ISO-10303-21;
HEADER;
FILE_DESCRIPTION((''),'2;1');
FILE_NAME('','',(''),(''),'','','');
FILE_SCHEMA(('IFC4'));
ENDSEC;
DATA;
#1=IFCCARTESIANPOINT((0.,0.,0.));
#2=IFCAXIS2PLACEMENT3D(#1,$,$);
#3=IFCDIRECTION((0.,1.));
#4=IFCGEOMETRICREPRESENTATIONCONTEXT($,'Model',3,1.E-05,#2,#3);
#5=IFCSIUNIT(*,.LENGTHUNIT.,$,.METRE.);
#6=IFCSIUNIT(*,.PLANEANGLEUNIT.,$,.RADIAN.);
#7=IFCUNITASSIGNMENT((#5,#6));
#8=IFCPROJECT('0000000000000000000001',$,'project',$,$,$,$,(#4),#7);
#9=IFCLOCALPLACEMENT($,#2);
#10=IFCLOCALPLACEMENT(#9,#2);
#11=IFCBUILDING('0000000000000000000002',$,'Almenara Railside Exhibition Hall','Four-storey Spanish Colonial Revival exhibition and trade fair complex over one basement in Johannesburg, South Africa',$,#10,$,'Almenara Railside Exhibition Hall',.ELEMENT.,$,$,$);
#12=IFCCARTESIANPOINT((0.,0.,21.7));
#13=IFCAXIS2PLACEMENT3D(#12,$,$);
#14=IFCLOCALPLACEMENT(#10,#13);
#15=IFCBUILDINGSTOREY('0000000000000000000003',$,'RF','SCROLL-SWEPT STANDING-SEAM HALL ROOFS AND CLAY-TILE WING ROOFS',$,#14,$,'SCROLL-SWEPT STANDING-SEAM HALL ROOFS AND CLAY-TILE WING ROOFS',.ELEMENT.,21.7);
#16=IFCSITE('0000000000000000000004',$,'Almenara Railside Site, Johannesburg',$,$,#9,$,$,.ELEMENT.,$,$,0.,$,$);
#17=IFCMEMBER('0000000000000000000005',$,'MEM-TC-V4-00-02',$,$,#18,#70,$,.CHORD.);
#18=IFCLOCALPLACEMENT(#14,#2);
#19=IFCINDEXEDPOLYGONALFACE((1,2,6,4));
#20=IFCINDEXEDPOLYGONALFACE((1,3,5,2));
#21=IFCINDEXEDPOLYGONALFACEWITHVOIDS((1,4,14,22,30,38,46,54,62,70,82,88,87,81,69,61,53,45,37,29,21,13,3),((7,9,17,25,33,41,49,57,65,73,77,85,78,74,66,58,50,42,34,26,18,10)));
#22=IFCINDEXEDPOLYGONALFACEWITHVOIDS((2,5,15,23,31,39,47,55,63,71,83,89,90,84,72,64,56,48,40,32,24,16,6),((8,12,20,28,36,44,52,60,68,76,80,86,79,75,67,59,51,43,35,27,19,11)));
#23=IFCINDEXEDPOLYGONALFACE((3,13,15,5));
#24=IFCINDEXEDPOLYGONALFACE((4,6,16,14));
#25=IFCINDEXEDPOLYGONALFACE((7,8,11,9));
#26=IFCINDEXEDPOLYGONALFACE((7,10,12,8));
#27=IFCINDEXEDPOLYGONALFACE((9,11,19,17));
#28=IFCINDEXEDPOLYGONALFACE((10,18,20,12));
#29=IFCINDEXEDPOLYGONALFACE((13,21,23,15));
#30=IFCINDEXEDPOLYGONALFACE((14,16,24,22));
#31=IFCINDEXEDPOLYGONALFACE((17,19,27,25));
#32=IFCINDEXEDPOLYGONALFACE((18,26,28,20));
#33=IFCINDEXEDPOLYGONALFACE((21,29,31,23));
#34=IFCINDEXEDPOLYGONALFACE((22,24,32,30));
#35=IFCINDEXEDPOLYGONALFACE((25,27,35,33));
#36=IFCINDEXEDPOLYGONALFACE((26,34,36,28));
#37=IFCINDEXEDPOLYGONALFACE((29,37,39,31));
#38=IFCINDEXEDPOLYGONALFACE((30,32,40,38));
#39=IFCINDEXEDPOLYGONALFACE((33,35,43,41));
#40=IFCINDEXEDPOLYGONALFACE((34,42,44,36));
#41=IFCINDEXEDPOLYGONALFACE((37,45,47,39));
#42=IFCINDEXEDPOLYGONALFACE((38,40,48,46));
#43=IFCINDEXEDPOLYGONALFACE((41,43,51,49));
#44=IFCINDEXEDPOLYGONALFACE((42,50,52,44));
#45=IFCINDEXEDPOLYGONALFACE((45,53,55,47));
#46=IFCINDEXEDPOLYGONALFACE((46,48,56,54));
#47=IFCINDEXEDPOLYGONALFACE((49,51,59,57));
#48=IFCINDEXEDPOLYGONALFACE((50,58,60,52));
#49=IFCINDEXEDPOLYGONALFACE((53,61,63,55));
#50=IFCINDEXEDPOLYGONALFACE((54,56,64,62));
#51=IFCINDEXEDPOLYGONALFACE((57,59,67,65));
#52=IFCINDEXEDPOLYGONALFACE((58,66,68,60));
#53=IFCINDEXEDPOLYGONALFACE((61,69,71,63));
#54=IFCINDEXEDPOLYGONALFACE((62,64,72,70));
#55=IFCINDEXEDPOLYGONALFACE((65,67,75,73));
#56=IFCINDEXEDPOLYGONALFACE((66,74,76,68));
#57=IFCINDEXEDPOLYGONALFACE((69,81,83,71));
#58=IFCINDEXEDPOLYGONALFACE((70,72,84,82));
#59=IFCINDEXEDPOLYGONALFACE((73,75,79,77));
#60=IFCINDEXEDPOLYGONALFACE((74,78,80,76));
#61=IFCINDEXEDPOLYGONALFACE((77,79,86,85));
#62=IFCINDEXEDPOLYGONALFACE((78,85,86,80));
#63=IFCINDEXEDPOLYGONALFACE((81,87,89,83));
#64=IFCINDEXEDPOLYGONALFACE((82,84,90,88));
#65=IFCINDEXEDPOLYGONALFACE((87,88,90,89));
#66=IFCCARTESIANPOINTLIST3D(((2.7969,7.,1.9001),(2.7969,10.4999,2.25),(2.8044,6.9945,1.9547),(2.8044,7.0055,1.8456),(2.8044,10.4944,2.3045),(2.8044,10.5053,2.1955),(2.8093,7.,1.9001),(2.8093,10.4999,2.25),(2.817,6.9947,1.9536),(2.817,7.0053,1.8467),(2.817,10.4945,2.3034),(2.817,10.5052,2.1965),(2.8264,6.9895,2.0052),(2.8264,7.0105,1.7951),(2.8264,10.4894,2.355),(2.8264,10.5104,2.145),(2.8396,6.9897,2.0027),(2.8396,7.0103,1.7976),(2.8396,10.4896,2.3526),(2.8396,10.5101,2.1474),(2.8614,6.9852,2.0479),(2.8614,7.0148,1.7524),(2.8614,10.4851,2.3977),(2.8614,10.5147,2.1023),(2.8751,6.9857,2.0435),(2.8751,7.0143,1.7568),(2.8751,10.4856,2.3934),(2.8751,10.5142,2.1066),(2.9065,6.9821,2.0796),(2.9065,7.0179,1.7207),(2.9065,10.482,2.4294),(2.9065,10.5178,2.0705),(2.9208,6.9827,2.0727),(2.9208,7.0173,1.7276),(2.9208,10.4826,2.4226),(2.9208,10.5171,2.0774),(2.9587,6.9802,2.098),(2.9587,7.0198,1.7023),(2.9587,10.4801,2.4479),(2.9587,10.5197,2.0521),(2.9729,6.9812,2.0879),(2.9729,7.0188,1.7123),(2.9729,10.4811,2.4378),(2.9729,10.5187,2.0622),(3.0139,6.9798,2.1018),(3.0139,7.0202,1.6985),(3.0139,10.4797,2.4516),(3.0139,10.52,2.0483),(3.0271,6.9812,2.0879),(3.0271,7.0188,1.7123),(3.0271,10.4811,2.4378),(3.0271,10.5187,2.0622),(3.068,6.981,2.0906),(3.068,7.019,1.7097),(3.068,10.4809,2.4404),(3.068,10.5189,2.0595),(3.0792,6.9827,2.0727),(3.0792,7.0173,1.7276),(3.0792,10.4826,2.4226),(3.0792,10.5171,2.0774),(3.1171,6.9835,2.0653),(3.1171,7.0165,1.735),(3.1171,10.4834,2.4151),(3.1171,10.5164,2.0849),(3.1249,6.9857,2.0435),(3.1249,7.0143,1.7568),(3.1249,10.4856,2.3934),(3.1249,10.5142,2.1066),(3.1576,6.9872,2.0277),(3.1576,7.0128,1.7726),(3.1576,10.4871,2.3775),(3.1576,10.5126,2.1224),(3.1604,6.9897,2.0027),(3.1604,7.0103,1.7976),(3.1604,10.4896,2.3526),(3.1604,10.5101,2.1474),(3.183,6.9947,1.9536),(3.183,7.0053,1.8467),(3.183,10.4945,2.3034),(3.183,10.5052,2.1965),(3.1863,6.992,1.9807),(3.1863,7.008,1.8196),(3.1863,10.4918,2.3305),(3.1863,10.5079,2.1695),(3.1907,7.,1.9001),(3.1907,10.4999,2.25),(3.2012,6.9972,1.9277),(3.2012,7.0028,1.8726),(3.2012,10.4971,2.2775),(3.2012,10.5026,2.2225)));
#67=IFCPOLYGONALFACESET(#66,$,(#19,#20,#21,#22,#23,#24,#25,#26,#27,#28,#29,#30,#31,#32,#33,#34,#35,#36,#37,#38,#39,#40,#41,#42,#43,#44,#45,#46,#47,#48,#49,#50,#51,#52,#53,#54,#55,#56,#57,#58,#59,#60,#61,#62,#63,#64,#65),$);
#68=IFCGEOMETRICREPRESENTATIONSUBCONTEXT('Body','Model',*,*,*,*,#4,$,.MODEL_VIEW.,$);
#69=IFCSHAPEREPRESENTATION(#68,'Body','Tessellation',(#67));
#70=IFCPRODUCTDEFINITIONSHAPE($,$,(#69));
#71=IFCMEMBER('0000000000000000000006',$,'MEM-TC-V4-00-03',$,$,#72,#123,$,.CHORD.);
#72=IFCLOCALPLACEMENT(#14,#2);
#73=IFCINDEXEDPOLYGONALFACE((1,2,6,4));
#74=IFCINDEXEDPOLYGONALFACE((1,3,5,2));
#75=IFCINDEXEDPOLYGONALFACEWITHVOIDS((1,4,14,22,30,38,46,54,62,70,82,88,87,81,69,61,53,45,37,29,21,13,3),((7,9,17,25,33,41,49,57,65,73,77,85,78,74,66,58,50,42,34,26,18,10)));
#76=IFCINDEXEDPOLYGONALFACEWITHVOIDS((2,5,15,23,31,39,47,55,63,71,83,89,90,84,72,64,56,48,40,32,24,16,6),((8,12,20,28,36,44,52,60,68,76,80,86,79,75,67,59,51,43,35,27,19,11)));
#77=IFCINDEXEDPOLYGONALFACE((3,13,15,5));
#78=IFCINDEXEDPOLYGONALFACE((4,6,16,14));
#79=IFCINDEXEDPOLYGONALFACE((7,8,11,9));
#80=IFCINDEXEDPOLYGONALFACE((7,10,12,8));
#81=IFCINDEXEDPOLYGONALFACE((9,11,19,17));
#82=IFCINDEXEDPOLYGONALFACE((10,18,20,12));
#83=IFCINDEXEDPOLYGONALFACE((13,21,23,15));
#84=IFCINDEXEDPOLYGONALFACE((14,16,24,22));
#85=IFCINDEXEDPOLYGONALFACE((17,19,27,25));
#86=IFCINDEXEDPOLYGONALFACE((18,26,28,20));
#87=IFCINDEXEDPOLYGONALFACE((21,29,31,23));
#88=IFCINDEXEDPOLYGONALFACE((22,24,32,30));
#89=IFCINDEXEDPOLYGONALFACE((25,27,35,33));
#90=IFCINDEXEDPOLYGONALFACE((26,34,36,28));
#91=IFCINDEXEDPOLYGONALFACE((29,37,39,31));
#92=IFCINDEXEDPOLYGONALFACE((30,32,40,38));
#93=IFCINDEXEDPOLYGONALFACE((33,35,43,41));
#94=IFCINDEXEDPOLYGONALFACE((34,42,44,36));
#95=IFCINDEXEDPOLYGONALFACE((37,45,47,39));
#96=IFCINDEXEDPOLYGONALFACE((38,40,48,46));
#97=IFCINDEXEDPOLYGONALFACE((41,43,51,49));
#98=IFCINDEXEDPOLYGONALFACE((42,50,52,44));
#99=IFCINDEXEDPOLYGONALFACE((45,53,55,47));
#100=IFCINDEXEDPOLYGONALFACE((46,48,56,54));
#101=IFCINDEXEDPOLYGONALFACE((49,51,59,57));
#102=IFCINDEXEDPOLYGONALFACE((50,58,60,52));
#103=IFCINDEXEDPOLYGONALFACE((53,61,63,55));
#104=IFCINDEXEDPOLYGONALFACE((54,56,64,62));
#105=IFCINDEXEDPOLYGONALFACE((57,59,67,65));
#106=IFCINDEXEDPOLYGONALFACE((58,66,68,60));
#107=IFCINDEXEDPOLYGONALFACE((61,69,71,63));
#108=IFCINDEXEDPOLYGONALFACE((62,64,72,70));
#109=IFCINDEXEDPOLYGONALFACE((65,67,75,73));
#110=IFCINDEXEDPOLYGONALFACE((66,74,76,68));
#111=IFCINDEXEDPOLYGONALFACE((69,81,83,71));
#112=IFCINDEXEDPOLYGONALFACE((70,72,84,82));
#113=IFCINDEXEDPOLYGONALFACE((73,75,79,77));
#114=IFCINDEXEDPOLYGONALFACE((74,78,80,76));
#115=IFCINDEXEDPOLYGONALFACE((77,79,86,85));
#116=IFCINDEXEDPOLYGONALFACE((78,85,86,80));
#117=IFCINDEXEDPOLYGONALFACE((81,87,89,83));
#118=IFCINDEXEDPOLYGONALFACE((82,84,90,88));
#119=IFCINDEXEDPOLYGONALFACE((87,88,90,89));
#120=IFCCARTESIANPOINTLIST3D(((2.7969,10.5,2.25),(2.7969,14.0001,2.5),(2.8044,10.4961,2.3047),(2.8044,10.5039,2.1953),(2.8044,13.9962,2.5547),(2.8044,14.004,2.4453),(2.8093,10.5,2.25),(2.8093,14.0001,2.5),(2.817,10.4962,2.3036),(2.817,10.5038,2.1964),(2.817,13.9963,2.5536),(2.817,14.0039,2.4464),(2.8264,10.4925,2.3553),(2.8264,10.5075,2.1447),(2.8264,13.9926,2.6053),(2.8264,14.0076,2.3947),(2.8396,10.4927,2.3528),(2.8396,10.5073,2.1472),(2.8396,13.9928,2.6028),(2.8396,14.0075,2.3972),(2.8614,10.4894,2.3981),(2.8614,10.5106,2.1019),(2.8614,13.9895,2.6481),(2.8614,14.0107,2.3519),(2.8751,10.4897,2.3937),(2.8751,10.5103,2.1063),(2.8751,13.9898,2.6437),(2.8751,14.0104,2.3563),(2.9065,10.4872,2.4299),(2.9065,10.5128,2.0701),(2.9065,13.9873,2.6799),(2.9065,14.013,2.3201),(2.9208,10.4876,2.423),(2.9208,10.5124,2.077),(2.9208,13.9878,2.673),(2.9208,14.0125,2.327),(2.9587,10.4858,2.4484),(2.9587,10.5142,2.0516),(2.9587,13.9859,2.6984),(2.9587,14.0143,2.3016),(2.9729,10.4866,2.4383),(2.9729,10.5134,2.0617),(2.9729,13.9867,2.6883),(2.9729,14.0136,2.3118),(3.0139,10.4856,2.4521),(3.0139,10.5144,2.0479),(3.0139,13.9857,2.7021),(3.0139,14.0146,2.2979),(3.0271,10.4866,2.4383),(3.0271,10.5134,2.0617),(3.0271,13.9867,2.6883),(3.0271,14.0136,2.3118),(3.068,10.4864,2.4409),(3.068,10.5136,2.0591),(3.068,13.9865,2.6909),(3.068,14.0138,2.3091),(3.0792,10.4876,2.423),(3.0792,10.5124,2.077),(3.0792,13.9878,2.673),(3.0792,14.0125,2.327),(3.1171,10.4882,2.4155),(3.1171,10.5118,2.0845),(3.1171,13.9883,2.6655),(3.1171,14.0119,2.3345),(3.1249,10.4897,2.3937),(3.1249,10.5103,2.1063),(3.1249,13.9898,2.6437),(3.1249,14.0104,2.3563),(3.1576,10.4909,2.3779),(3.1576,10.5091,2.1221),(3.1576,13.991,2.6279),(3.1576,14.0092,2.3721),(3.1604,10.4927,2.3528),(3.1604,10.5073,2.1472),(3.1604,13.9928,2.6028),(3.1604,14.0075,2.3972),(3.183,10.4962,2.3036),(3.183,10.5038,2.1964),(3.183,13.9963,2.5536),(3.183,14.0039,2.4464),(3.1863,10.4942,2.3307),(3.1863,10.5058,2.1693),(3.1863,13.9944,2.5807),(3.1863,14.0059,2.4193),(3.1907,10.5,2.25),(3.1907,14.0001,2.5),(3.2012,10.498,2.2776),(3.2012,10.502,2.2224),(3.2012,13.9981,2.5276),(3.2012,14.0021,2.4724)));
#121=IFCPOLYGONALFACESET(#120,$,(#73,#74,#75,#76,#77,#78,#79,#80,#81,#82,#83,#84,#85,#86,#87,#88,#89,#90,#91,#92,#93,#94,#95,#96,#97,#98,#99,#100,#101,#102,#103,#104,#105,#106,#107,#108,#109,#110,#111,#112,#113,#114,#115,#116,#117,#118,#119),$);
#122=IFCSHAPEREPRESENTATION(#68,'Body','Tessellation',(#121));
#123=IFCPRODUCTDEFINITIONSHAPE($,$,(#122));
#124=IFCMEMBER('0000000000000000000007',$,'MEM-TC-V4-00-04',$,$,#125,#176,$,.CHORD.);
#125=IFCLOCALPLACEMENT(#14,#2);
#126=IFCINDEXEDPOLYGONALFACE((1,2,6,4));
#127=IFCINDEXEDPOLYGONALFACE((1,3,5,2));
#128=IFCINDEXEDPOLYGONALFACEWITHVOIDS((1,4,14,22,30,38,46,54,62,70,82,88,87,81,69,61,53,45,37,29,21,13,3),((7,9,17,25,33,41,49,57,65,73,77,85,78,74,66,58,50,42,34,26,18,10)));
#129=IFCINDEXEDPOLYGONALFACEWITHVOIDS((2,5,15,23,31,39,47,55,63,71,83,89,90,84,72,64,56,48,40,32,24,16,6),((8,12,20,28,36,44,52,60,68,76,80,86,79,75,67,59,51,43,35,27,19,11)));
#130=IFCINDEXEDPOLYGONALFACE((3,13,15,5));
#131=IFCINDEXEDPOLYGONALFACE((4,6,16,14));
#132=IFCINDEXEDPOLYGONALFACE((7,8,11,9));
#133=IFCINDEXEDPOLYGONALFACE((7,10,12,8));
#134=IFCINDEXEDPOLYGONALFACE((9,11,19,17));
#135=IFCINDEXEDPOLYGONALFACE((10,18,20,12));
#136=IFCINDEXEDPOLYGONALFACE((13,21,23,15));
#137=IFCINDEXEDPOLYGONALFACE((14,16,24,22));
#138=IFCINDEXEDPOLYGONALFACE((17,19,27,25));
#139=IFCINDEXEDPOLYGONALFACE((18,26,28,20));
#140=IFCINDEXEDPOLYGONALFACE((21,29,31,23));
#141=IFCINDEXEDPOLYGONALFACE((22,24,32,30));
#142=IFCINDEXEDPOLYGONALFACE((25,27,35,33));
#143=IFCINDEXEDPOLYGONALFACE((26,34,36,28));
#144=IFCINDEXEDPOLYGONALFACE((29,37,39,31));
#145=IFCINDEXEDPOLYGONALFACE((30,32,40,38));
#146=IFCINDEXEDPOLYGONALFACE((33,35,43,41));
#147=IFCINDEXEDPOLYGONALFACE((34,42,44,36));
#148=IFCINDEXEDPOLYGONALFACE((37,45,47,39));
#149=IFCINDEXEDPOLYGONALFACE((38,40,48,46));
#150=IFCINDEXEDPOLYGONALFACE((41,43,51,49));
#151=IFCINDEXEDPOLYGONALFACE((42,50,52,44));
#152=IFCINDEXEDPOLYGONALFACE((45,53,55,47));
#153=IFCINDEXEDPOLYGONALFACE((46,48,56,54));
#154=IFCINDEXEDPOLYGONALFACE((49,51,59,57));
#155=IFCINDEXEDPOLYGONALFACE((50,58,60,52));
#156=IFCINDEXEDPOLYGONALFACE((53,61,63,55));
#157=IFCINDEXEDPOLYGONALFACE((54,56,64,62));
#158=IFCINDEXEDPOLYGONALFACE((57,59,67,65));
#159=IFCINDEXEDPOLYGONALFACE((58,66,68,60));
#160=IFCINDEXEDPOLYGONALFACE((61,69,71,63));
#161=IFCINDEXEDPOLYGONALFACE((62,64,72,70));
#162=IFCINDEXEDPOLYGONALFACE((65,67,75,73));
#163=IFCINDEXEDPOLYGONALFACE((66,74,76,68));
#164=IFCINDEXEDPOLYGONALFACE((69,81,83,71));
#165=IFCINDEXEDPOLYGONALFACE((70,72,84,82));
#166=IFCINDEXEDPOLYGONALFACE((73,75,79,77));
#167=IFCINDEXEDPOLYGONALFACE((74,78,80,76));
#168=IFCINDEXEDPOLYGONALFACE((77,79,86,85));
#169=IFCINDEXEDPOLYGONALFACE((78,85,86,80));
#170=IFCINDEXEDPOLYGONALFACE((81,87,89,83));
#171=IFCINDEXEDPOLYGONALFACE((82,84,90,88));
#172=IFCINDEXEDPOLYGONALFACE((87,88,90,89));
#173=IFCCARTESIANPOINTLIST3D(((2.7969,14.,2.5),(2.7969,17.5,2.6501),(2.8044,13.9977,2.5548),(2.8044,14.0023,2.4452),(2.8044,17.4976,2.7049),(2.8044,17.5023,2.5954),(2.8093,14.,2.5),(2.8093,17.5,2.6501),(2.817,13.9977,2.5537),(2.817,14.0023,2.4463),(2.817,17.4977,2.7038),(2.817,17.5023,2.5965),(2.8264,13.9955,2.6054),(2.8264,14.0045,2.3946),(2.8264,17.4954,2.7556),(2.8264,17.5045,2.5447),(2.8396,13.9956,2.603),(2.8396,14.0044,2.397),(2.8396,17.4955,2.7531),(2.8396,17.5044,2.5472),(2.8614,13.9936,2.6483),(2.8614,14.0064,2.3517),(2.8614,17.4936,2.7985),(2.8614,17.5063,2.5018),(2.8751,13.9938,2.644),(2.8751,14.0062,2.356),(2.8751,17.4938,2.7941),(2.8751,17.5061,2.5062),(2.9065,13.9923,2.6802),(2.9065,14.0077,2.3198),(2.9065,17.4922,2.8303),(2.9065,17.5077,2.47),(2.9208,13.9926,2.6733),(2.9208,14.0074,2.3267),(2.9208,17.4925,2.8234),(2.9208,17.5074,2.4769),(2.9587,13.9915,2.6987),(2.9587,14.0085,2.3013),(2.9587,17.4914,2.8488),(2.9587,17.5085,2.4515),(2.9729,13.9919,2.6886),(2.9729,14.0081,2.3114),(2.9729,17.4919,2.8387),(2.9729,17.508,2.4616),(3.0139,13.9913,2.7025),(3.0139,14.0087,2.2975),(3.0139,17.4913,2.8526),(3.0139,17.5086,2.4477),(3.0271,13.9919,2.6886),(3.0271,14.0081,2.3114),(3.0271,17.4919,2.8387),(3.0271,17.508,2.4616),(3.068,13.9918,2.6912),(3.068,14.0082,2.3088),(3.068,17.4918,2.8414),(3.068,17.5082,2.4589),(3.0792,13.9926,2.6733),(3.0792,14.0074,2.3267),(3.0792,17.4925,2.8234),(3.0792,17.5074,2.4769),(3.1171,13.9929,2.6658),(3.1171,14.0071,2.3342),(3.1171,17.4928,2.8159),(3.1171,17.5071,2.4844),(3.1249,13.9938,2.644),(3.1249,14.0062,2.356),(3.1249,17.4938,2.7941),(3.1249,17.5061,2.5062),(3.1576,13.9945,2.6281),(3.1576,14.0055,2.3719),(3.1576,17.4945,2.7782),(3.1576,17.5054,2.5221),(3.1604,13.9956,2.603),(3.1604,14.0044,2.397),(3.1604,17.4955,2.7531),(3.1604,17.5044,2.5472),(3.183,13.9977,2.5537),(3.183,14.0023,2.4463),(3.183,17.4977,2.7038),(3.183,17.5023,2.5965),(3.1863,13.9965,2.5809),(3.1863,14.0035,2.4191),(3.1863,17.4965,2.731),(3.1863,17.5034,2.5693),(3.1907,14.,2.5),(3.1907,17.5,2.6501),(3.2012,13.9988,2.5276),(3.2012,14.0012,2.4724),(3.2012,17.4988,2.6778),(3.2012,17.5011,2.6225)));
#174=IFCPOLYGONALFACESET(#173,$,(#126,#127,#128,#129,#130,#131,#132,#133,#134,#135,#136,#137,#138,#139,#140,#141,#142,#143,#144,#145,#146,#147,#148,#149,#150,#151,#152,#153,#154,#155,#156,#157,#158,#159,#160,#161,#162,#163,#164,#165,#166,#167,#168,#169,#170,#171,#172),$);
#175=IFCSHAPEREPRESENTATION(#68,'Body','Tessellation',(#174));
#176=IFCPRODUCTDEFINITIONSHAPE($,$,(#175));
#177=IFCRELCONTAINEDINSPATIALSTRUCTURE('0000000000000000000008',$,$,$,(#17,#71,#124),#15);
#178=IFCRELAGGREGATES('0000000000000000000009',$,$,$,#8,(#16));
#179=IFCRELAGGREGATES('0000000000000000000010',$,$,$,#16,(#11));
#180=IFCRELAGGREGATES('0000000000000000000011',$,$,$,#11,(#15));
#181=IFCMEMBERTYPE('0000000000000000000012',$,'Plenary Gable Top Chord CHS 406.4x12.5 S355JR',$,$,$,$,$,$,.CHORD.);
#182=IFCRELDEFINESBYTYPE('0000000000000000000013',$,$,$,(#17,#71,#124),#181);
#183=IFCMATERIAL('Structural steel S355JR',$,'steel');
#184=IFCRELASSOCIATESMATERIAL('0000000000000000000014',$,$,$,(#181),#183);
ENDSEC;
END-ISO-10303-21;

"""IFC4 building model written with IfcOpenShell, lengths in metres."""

from ifc_helpers import new_model, si_unit, direction, frame, origin, origin_2d, place, context, subcontext, project, spatial, hollow_circle, extrude, material, material_profile, profile_set, type_object, element, save


model = new_model("IFC4")

# Units and contexts
model_context = context("Model", 3, precision=1e-05, world=origin(), true_north=direction((0.0, 1.0)))
body_context = subcontext(model_context, "Body", "Model", "MODEL_VIEW")
ifc_project = project(units=[si_unit("LENGTHUNIT", "METRE"), si_unit("PLANEANGLEUNIT", "RADIAN")], contexts=[model_context])

# Site, building, storey
site_placement = place(None, origin())
site = spatial("IfcSite", under=ifc_project, at=site_placement, Name="Almenara Railside Site, Johannesburg", CompositionType="ELEMENT", RefElevation=0.0)
building_placement = place(site_placement, origin())
building = spatial("IfcBuilding", under=site, at=building_placement, Name="Almenara Railside Exhibition Hall", Description="Four-storey Spanish Colonial Revival exhibition and trade fair complex over one basement in Johannesburg, South Africa", LongName="Almenara Railside Exhibition Hall", CompositionType="ELEMENT")
storey_placement = place(building_placement, frame((0.0, 0.0, 21.7)))
storey = spatial("IfcBuildingStorey", under=building, at=storey_placement, Name="RF", Description="SCROLL-SWEPT STANDING-SEAM HALL ROOFS AND CLAY-TILE WING ROOFS", LongName="SCROLL-SWEPT STANDING-SEAM HALL ROOFS AND CLAY-TILE WING ROOFS", CompositionType="ELEMENT", Elevation=21.7)

# Members
ifc_material_1 = material(Name="Structural steel S355JR", Category="steel")
ifc_material_profile_1 = material_profile(ifc_material_1, hollow_circle(Radius=0.2031, WallThickness=0.0125, at=origin_2d()), Name="CHS 406.4x12.5")
ifc_profile_set_1 = profile_set([ifc_material_profile_1], Name="Structural steel S355JR")
member_type_1 = type_object("IfcMemberType", Name="Plenary Gable Top Chord CHS 406.4x12.5 S355JR", PredefinedType="CHORD", material=ifc_profile_set_1)
member_1_placement = place(storey_placement, frame((3.0, 7.0, 1.9001), z_axis=(0.0, 0.995041, 0.099462), x_axis=(-1.0, 0.0, 0.0)))
element("IfcMember", 1, at=member_1_placement, inside=storey, type_object=member_type_1, Name="MEM-TC-V4-00-02", PredefinedType="CHORD", context=body_context, shape_type="SweptSolid", body=[
    extrude(hollow_circle(Radius=0.2031, WallThickness=0.0125, at=origin_2d()), origin(), (0.0, 0.0, 1.0), 3.5173),
])
member_2_placement = place(storey_placement, frame((3.0, 10.5, 2.25), z_axis=(0.0, 0.997459, 0.071247), x_axis=(-1.0, 0.0, 0.0)))
element("IfcMember", 2, at=member_2_placement, inside=storey, type_object=member_type_1, Name="MEM-TC-V4-00-03", PredefinedType="CHORD", context=body_context, shape_type="SweptSolid", body=[
    extrude(hollow_circle(Radius=0.2031, WallThickness=0.0125, at=origin_2d()), origin(), (0.0, 0.0, 1.0), 3.509),
])
member_3_placement = place(storey_placement, frame((3.0, 14.0, 2.5), z_axis=(0.0, 0.999081, 0.04286), x_axis=(-1.0, 0.0, 0.0)))
element("IfcMember", 3, at=member_3_placement, inside=storey, type_object=member_type_1, Name="MEM-TC-V4-00-04", PredefinedType="CHORD", context=body_context, shape_type="SweptSolid", body=[
    extrude(hollow_circle(Radius=0.2031, WallThickness=0.0125, at=origin_2d()), origin(), (0.0, 0.0, 1.0), 3.5032),
])

save(model, "model.ifc")
